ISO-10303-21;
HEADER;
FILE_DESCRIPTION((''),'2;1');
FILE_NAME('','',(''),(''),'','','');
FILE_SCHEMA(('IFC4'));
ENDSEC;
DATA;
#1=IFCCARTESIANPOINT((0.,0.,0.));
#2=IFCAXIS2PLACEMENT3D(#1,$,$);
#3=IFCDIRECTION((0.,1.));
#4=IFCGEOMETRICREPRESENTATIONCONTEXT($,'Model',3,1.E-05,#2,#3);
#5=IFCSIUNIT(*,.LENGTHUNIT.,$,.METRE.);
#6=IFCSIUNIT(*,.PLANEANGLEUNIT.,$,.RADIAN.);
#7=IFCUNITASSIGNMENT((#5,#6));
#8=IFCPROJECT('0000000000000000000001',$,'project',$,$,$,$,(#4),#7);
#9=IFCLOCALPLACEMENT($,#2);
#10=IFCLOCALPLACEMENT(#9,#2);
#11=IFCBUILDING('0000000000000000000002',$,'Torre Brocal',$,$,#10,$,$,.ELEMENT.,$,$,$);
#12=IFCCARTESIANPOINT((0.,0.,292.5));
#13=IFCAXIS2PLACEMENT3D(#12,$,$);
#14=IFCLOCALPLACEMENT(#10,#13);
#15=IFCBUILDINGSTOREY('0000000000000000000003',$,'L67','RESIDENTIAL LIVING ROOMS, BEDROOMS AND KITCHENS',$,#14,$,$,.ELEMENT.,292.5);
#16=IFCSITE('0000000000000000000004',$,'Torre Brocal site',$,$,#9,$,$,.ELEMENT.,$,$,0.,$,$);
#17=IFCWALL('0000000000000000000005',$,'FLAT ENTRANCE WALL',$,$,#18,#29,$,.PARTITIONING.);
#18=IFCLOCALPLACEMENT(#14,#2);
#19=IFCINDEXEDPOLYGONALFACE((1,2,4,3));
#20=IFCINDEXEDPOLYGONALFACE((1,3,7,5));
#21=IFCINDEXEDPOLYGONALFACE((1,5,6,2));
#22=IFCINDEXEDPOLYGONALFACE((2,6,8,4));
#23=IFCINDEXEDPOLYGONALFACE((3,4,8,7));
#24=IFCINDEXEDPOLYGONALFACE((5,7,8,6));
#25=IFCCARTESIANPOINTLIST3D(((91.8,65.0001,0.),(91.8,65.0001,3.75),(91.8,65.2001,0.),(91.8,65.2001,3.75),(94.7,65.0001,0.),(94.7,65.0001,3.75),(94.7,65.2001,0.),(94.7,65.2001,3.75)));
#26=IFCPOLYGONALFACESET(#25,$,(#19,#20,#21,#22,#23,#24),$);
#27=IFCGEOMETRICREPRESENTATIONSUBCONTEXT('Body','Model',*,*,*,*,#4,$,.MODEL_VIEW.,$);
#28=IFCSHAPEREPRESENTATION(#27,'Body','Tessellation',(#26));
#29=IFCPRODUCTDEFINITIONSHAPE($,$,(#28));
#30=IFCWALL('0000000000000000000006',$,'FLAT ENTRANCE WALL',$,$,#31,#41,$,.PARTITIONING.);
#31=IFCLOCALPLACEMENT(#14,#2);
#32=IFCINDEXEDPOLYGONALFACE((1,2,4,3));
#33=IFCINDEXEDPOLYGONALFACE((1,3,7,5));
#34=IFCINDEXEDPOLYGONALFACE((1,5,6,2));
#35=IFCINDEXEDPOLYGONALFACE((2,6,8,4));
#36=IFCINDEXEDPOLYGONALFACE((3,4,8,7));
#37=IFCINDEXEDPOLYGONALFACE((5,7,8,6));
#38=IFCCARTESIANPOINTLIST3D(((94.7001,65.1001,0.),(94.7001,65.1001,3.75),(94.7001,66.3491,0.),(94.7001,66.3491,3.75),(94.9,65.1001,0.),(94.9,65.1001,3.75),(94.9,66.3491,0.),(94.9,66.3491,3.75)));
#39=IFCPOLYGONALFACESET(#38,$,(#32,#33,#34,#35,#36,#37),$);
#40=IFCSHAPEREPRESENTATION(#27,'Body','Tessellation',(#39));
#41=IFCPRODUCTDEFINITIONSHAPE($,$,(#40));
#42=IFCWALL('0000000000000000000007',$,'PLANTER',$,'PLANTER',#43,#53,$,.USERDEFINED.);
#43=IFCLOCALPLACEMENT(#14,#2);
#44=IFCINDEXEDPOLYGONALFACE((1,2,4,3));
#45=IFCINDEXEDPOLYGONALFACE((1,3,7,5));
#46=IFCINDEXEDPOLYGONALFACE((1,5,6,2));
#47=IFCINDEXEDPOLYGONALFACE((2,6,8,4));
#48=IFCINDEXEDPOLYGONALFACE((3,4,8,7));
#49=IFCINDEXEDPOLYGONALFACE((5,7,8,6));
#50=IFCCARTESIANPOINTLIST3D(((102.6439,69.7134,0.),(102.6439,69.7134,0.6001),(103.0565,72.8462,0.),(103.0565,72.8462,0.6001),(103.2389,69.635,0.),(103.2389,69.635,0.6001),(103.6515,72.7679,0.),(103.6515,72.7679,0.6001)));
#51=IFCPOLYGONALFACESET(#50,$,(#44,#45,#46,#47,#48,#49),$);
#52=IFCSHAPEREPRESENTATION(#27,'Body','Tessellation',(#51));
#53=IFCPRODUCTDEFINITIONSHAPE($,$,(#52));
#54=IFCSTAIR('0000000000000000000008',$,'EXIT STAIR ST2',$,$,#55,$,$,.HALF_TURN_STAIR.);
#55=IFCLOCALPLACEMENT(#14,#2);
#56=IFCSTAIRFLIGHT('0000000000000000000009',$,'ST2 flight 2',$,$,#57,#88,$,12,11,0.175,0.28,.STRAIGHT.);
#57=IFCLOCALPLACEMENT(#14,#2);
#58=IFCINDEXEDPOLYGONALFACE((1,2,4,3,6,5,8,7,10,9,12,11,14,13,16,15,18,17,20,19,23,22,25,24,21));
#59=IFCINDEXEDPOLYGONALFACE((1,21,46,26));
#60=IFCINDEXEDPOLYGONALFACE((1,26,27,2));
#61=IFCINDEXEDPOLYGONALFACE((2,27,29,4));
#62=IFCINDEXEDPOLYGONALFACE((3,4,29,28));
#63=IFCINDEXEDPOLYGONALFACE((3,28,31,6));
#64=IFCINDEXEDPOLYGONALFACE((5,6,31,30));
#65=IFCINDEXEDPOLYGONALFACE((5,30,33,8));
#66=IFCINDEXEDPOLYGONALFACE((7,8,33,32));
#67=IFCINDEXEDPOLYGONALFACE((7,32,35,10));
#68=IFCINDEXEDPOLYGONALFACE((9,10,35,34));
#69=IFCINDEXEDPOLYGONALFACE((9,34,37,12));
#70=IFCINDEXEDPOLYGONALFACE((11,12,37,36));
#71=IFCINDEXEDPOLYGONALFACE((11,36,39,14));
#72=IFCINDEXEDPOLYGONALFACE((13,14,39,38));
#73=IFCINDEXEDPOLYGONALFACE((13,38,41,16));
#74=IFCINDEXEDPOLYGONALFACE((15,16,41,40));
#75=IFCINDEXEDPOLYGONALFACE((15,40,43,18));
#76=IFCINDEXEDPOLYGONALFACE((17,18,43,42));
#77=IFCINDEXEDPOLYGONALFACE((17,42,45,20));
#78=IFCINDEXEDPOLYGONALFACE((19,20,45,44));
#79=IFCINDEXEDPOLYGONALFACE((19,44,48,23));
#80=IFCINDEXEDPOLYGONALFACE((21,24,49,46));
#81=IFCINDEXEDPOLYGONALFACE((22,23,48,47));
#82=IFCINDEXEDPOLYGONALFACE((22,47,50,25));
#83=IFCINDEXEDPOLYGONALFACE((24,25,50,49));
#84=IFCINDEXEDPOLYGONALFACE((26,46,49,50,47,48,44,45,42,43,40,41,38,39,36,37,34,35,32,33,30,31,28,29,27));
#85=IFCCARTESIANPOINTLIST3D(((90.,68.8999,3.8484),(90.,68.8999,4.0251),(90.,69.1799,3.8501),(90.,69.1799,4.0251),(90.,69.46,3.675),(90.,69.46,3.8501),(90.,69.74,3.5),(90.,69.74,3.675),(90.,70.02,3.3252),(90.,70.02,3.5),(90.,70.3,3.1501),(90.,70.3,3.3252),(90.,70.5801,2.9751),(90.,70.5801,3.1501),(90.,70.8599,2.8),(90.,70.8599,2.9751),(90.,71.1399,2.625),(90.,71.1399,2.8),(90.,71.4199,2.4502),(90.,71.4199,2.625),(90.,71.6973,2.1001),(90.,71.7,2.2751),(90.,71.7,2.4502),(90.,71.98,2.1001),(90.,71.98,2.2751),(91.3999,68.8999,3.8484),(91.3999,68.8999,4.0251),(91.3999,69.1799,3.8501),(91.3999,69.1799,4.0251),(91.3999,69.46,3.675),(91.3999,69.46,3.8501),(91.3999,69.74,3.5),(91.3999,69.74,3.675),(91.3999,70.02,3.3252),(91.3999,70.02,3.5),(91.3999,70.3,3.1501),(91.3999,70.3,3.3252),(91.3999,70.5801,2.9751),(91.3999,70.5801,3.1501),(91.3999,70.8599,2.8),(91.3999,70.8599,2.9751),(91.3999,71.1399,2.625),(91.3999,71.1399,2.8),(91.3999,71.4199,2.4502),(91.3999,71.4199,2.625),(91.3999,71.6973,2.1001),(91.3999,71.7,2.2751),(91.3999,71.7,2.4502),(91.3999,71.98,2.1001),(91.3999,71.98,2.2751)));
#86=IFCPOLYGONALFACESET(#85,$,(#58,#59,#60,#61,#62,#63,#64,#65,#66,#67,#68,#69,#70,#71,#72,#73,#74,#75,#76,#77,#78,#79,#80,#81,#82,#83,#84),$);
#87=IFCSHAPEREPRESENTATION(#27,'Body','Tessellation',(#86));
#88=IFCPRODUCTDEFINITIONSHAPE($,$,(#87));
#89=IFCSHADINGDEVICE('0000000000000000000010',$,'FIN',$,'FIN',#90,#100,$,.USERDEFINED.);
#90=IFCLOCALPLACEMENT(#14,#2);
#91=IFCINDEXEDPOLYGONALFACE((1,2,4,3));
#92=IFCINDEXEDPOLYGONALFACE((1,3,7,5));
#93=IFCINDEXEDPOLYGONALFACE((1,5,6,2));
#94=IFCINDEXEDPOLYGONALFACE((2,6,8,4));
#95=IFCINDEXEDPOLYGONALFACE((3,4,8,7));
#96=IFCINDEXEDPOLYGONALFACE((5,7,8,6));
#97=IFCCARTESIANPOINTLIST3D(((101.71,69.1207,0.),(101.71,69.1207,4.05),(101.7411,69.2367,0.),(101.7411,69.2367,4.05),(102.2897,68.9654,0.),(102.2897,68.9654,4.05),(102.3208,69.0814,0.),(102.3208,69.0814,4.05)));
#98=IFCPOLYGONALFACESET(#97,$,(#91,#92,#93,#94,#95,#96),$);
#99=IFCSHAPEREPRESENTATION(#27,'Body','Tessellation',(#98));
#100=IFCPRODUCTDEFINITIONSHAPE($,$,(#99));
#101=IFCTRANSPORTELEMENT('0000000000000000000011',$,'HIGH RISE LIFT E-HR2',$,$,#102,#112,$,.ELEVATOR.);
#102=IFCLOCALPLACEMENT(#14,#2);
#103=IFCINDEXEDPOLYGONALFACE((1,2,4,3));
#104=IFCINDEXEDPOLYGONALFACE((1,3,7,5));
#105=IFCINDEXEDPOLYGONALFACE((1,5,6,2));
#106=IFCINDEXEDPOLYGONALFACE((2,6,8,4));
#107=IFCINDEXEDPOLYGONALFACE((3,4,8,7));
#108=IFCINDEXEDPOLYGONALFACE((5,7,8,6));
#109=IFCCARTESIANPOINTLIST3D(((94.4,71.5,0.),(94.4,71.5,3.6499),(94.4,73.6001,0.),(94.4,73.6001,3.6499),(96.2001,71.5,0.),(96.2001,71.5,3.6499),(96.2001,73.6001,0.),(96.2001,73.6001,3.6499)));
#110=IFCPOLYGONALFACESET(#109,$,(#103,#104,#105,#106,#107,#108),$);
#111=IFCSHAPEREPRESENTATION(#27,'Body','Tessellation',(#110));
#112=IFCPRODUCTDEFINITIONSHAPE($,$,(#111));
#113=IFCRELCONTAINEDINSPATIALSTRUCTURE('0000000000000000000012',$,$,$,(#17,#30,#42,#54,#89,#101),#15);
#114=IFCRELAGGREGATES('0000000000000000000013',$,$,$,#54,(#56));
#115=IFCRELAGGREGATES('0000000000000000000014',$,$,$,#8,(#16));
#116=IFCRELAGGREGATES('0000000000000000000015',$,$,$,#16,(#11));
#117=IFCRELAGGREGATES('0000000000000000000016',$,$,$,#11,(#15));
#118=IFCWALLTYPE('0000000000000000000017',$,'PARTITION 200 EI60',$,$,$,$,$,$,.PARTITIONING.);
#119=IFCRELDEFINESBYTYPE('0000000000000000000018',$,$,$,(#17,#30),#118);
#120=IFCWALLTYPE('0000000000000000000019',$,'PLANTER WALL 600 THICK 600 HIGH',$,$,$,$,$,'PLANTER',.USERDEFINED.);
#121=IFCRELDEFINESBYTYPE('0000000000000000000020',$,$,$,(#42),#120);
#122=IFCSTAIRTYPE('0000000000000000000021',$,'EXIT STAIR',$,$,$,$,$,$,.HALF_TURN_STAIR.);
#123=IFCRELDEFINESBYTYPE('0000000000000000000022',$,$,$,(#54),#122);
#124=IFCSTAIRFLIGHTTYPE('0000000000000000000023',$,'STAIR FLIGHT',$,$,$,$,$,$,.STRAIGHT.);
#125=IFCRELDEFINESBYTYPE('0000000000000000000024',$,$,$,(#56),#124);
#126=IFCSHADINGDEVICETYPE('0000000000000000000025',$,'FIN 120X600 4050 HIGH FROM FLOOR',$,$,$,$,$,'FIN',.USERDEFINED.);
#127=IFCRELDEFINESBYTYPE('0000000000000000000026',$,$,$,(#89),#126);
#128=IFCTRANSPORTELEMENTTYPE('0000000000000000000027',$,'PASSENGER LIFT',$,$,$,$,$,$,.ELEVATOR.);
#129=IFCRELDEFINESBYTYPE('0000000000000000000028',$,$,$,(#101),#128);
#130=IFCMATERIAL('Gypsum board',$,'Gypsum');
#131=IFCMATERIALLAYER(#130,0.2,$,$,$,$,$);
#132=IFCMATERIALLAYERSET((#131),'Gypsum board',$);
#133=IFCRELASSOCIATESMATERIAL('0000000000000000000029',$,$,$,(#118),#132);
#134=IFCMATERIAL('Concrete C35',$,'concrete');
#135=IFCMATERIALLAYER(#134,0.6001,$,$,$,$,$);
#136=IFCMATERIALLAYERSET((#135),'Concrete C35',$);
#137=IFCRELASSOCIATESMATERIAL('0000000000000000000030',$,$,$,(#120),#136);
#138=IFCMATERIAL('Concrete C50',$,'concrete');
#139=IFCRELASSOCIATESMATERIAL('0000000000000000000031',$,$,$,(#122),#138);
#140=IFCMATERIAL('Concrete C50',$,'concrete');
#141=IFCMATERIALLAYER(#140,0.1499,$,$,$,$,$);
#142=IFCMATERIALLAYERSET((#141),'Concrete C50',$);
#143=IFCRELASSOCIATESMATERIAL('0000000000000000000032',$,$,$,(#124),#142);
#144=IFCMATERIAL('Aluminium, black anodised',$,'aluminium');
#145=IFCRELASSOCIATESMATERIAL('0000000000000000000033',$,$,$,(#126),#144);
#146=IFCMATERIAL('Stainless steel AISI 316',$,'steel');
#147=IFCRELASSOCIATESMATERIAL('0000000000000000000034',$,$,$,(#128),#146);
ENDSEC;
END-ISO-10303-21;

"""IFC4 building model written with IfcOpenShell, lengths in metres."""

from ifc_helpers import new_model, si_unit, direction, frame, frame_2d, origin, origin_2d, place, context, subcontext, project, spatial, polyline, rectangle, outline, extrude, material, layer, layer_set, material_profile, profile_set, type_object, element, aggregate, save


model = new_model("IFC4")

# Units and contexts
model_context = context("Model", 3, precision=1e-05, world=origin(), true_north=direction((0.0, 1.0)))
body_context = subcontext(model_context, "Body", "Model", "MODEL_VIEW")
ifc_project = project(units=[si_unit("LENGTHUNIT", "METRE"), si_unit("PLANEANGLEUNIT", "RADIAN")], contexts=[model_context])

# Site, building, storey
site_placement = place(None, origin())
site = spatial("IfcSite", under=ifc_project, at=site_placement, Name="Torre Brocal site", CompositionType="ELEMENT", RefElevation=0.0)
building_placement = place(site_placement, origin())
building = spatial("IfcBuilding", under=site, at=building_placement, Name="Torre Brocal", CompositionType="ELEMENT")
storey_placement = place(building_placement, frame((0.0, 0.0, 292.5)))
storey = spatial("IfcBuildingStorey", under=building, at=storey_placement, Name="L67", Description="RESIDENTIAL LIVING ROOMS, BEDROOMS AND KITCHENS", CompositionType="ELEMENT", Elevation=292.5)

# Walls
ifc_material_1 = material(Name="Gypsum board", Category="Gypsum")
ifc_layer_1 = layer(ifc_material_1, 0.2)
ifc_layer_set_1 = layer_set([ifc_layer_1], Name="Gypsum board")
wall_type_1 = type_object("IfcWallType", Name="PARTITION 200 EI60", PredefinedType="PARTITIONING", material=ifc_layer_set_1)
wall_1_placement = place(storey_placement, frame((91.8, 65.1001, 0.0), z_axis=(0.0, 0.0, 1.0), x_axis=(1.0, 0.0, 0.0)))
element("IfcWall", 1, at=wall_1_placement, inside=storey, type_object=wall_type_1, Name="FLAT ENTRANCE WALL", PredefinedType="PARTITIONING", context=body_context, shape_type="SweptSolid", body=[
    extrude(rectangle(XDim=2.8999, YDim=0.2, at=frame_2d((1.45, 0.0))), origin(), (0.0, 0.0, 1.0), 3.75),
])
wall_2_placement = place(storey_placement, frame((94.8, 65.1001, 0.0), z_axis=(0.0, 0.0, 1.0), x_axis=(0.0, 1.0, 0.0)))
element("IfcWall", 2, at=wall_2_placement, inside=storey, type_object=wall_type_1, Name="FLAT ENTRANCE WALL", PredefinedType="PARTITIONING", context=body_context, shape_type="SweptSolid", body=[
    extrude(rectangle(XDim=1.249, YDim=0.2, at=frame_2d((0.6245, 0.0))), origin(), (0.0, 0.0, 1.0), 3.75),
])
ifc_material_2 = material(Name="Concrete C35", Category="concrete")
ifc_layer_2 = layer(ifc_material_2, 0.6001)
ifc_layer_set_2 = layer_set([ifc_layer_2], Name="Concrete C35")
wall_type_2 = type_object("IfcWallType", Name="PLANTER WALL 600 THICK 600 HIGH", ElementType="PLANTER", PredefinedType="USERDEFINED", material=ifc_layer_set_2)
wall_3_placement = place(storey_placement, frame((102.9414, 69.6741, 0.0), z_axis=(0.0, 0.0, 1.0), x_axis=(0.130574, 0.991439, 0.0)))
element("IfcWall", 3, at=wall_3_placement, inside=storey, type_object=wall_type_2, Name="PLANTER", ObjectType="PLANTER", PredefinedType="USERDEFINED", context=body_context, shape_type="SweptSolid", body=[
    extrude(rectangle(XDim=3.1599, YDim=0.6001, at=frame_2d((1.5801, 0.0))), origin(), (0.0, 0.0, 1.0), 0.6001),
])

# Stair, stair flight
ifc_material_3 = material(Name="Concrete C50", Category="concrete")
stair_type = type_object("IfcStairType", Name="EXIT STAIR", PredefinedType="HALF_TURN_STAIR", material=ifc_material_3)
stair_placement = place(storey_placement, origin())
stair = element("IfcStair", 4, at=stair_placement, inside=storey, type_object=stair_type, Name="EXIT STAIR ST2", PredefinedType="HALF_TURN_STAIR")
ifc_material_4 = material(Name="Concrete C50", Category="concrete")
ifc_layer_3 = layer(ifc_material_4, 0.1499)
ifc_layer_set_3 = layer_set([ifc_layer_3], Name="Concrete C50")
stair_flight_type = type_object("IfcStairFlightType", Name="STAIR FLIGHT", PredefinedType="STRAIGHT", material=ifc_layer_set_3)
stair_flight_placement = place(storey_placement, frame((90.7, 71.98, 2.1001), z_axis=(0.0, 0.0, 1.0), x_axis=(0.0, -1.0, 0.0)))
stair_flight = element("IfcStairFlight", 5, at=stair_flight_placement, type_object=stair_flight_type, Name="ST2 flight 2", NumberOfRisers=12, NumberOfTreads=11, PredefinedType="STRAIGHT", RiserHeight=0.175, TreadLength=0.28, context=body_context, shape_type="SweptSolid", body=[
    extrude(outline(polyline([(0.0, 0.0), (0.0, 0.175), (0.28, 0.175), (0.28, 0.3501), (0.5601, 0.3501), (0.5601, 0.5249), (0.8401, 0.5249), (0.8401, 0.7), (1.1201, 0.7), (1.1201, 0.875), (1.3999, 0.875), (1.3999, 1.05), (1.6799, 1.05), (1.6799, 1.2251), (1.96, 1.2251), (1.96, 1.3999), (2.24, 1.3999), (2.24, 1.575), (2.52, 1.575), (2.52, 1.75), (2.8, 1.75), (2.8, 1.925), (3.0801, 1.925), (3.0801, 2.1001), (3.0801, 1.7483), (0.2827, 0.0), (0.0, 0.0)])), frame((0.0, 0.7, 0.0), z_axis=(0.0, -1.0, 0.0), x_axis=(1.0, 0.0, 0.0)), (0.0, 0.0, 1.0), 1.3999),
])
aggregate(stair, [stair_flight])

# Shading device
ifc_material_5 = material(Name="Aluminium, black anodised", Category="aluminium")
ifc_material_profile_1 = material_profile(ifc_material_5, rectangle(XDim=0.1201, YDim=0.6001, at=origin_2d()), Name="FIN 120X600 4050 HIGH FROM FLOOR")
ifc_profile_set_1 = profile_set([ifc_material_profile_1], Name="Aluminium, black anodised")
shading_device_type = type_object("IfcShadingDeviceType", Name="FIN 120X600 4050 HIGH FROM FLOOR", ElementType="FIN", PredefinedType="USERDEFINED", material=ifc_profile_set_1)
shading_device_placement = place(storey_placement, frame((102.0154, 69.1011, 0.0), z_axis=(0.0, 0.0, 1.0), x_axis=(0.258819, 0.965926, 0.0)))
element("IfcShadingDevice", 6, at=shading_device_placement, inside=storey, type_object=shading_device_type, Name="FIN", ObjectType="FIN", PredefinedType="USERDEFINED", context=body_context, shape_type="SweptSolid", body=[
    extrude(rectangle(XDim=0.1201, YDim=0.6001, at=origin_2d()), origin(), (0.0, 0.0, 1.0), 4.05),
])

# Transport element
ifc_material_6 = material(Name="Stainless steel AISI 316", Category="steel")
transport_element_type = type_object("IfcTransportElementType", Name="PASSENGER LIFT", PredefinedType="ELEVATOR", material=ifc_material_6)
transport_element_placement = place(storey_placement, frame((95.3, 72.55, 0.0), z_axis=(0.0, 0.0, 1.0), x_axis=(1.0, 0.0, 0.0)))
element("IfcTransportElement", 7, at=transport_element_placement, inside=storey, type_object=transport_element_type, Name="HIGH RISE LIFT E-HR2", PredefinedType="ELEVATOR", context=body_context, shape_type="SweptSolid", body=[
    extrude(rectangle(XDim=1.8, YDim=2.1001, at=origin_2d()), origin(), (0.0, 0.0, 1.0), 3.6499),
])

save(model, "model.ifc")
